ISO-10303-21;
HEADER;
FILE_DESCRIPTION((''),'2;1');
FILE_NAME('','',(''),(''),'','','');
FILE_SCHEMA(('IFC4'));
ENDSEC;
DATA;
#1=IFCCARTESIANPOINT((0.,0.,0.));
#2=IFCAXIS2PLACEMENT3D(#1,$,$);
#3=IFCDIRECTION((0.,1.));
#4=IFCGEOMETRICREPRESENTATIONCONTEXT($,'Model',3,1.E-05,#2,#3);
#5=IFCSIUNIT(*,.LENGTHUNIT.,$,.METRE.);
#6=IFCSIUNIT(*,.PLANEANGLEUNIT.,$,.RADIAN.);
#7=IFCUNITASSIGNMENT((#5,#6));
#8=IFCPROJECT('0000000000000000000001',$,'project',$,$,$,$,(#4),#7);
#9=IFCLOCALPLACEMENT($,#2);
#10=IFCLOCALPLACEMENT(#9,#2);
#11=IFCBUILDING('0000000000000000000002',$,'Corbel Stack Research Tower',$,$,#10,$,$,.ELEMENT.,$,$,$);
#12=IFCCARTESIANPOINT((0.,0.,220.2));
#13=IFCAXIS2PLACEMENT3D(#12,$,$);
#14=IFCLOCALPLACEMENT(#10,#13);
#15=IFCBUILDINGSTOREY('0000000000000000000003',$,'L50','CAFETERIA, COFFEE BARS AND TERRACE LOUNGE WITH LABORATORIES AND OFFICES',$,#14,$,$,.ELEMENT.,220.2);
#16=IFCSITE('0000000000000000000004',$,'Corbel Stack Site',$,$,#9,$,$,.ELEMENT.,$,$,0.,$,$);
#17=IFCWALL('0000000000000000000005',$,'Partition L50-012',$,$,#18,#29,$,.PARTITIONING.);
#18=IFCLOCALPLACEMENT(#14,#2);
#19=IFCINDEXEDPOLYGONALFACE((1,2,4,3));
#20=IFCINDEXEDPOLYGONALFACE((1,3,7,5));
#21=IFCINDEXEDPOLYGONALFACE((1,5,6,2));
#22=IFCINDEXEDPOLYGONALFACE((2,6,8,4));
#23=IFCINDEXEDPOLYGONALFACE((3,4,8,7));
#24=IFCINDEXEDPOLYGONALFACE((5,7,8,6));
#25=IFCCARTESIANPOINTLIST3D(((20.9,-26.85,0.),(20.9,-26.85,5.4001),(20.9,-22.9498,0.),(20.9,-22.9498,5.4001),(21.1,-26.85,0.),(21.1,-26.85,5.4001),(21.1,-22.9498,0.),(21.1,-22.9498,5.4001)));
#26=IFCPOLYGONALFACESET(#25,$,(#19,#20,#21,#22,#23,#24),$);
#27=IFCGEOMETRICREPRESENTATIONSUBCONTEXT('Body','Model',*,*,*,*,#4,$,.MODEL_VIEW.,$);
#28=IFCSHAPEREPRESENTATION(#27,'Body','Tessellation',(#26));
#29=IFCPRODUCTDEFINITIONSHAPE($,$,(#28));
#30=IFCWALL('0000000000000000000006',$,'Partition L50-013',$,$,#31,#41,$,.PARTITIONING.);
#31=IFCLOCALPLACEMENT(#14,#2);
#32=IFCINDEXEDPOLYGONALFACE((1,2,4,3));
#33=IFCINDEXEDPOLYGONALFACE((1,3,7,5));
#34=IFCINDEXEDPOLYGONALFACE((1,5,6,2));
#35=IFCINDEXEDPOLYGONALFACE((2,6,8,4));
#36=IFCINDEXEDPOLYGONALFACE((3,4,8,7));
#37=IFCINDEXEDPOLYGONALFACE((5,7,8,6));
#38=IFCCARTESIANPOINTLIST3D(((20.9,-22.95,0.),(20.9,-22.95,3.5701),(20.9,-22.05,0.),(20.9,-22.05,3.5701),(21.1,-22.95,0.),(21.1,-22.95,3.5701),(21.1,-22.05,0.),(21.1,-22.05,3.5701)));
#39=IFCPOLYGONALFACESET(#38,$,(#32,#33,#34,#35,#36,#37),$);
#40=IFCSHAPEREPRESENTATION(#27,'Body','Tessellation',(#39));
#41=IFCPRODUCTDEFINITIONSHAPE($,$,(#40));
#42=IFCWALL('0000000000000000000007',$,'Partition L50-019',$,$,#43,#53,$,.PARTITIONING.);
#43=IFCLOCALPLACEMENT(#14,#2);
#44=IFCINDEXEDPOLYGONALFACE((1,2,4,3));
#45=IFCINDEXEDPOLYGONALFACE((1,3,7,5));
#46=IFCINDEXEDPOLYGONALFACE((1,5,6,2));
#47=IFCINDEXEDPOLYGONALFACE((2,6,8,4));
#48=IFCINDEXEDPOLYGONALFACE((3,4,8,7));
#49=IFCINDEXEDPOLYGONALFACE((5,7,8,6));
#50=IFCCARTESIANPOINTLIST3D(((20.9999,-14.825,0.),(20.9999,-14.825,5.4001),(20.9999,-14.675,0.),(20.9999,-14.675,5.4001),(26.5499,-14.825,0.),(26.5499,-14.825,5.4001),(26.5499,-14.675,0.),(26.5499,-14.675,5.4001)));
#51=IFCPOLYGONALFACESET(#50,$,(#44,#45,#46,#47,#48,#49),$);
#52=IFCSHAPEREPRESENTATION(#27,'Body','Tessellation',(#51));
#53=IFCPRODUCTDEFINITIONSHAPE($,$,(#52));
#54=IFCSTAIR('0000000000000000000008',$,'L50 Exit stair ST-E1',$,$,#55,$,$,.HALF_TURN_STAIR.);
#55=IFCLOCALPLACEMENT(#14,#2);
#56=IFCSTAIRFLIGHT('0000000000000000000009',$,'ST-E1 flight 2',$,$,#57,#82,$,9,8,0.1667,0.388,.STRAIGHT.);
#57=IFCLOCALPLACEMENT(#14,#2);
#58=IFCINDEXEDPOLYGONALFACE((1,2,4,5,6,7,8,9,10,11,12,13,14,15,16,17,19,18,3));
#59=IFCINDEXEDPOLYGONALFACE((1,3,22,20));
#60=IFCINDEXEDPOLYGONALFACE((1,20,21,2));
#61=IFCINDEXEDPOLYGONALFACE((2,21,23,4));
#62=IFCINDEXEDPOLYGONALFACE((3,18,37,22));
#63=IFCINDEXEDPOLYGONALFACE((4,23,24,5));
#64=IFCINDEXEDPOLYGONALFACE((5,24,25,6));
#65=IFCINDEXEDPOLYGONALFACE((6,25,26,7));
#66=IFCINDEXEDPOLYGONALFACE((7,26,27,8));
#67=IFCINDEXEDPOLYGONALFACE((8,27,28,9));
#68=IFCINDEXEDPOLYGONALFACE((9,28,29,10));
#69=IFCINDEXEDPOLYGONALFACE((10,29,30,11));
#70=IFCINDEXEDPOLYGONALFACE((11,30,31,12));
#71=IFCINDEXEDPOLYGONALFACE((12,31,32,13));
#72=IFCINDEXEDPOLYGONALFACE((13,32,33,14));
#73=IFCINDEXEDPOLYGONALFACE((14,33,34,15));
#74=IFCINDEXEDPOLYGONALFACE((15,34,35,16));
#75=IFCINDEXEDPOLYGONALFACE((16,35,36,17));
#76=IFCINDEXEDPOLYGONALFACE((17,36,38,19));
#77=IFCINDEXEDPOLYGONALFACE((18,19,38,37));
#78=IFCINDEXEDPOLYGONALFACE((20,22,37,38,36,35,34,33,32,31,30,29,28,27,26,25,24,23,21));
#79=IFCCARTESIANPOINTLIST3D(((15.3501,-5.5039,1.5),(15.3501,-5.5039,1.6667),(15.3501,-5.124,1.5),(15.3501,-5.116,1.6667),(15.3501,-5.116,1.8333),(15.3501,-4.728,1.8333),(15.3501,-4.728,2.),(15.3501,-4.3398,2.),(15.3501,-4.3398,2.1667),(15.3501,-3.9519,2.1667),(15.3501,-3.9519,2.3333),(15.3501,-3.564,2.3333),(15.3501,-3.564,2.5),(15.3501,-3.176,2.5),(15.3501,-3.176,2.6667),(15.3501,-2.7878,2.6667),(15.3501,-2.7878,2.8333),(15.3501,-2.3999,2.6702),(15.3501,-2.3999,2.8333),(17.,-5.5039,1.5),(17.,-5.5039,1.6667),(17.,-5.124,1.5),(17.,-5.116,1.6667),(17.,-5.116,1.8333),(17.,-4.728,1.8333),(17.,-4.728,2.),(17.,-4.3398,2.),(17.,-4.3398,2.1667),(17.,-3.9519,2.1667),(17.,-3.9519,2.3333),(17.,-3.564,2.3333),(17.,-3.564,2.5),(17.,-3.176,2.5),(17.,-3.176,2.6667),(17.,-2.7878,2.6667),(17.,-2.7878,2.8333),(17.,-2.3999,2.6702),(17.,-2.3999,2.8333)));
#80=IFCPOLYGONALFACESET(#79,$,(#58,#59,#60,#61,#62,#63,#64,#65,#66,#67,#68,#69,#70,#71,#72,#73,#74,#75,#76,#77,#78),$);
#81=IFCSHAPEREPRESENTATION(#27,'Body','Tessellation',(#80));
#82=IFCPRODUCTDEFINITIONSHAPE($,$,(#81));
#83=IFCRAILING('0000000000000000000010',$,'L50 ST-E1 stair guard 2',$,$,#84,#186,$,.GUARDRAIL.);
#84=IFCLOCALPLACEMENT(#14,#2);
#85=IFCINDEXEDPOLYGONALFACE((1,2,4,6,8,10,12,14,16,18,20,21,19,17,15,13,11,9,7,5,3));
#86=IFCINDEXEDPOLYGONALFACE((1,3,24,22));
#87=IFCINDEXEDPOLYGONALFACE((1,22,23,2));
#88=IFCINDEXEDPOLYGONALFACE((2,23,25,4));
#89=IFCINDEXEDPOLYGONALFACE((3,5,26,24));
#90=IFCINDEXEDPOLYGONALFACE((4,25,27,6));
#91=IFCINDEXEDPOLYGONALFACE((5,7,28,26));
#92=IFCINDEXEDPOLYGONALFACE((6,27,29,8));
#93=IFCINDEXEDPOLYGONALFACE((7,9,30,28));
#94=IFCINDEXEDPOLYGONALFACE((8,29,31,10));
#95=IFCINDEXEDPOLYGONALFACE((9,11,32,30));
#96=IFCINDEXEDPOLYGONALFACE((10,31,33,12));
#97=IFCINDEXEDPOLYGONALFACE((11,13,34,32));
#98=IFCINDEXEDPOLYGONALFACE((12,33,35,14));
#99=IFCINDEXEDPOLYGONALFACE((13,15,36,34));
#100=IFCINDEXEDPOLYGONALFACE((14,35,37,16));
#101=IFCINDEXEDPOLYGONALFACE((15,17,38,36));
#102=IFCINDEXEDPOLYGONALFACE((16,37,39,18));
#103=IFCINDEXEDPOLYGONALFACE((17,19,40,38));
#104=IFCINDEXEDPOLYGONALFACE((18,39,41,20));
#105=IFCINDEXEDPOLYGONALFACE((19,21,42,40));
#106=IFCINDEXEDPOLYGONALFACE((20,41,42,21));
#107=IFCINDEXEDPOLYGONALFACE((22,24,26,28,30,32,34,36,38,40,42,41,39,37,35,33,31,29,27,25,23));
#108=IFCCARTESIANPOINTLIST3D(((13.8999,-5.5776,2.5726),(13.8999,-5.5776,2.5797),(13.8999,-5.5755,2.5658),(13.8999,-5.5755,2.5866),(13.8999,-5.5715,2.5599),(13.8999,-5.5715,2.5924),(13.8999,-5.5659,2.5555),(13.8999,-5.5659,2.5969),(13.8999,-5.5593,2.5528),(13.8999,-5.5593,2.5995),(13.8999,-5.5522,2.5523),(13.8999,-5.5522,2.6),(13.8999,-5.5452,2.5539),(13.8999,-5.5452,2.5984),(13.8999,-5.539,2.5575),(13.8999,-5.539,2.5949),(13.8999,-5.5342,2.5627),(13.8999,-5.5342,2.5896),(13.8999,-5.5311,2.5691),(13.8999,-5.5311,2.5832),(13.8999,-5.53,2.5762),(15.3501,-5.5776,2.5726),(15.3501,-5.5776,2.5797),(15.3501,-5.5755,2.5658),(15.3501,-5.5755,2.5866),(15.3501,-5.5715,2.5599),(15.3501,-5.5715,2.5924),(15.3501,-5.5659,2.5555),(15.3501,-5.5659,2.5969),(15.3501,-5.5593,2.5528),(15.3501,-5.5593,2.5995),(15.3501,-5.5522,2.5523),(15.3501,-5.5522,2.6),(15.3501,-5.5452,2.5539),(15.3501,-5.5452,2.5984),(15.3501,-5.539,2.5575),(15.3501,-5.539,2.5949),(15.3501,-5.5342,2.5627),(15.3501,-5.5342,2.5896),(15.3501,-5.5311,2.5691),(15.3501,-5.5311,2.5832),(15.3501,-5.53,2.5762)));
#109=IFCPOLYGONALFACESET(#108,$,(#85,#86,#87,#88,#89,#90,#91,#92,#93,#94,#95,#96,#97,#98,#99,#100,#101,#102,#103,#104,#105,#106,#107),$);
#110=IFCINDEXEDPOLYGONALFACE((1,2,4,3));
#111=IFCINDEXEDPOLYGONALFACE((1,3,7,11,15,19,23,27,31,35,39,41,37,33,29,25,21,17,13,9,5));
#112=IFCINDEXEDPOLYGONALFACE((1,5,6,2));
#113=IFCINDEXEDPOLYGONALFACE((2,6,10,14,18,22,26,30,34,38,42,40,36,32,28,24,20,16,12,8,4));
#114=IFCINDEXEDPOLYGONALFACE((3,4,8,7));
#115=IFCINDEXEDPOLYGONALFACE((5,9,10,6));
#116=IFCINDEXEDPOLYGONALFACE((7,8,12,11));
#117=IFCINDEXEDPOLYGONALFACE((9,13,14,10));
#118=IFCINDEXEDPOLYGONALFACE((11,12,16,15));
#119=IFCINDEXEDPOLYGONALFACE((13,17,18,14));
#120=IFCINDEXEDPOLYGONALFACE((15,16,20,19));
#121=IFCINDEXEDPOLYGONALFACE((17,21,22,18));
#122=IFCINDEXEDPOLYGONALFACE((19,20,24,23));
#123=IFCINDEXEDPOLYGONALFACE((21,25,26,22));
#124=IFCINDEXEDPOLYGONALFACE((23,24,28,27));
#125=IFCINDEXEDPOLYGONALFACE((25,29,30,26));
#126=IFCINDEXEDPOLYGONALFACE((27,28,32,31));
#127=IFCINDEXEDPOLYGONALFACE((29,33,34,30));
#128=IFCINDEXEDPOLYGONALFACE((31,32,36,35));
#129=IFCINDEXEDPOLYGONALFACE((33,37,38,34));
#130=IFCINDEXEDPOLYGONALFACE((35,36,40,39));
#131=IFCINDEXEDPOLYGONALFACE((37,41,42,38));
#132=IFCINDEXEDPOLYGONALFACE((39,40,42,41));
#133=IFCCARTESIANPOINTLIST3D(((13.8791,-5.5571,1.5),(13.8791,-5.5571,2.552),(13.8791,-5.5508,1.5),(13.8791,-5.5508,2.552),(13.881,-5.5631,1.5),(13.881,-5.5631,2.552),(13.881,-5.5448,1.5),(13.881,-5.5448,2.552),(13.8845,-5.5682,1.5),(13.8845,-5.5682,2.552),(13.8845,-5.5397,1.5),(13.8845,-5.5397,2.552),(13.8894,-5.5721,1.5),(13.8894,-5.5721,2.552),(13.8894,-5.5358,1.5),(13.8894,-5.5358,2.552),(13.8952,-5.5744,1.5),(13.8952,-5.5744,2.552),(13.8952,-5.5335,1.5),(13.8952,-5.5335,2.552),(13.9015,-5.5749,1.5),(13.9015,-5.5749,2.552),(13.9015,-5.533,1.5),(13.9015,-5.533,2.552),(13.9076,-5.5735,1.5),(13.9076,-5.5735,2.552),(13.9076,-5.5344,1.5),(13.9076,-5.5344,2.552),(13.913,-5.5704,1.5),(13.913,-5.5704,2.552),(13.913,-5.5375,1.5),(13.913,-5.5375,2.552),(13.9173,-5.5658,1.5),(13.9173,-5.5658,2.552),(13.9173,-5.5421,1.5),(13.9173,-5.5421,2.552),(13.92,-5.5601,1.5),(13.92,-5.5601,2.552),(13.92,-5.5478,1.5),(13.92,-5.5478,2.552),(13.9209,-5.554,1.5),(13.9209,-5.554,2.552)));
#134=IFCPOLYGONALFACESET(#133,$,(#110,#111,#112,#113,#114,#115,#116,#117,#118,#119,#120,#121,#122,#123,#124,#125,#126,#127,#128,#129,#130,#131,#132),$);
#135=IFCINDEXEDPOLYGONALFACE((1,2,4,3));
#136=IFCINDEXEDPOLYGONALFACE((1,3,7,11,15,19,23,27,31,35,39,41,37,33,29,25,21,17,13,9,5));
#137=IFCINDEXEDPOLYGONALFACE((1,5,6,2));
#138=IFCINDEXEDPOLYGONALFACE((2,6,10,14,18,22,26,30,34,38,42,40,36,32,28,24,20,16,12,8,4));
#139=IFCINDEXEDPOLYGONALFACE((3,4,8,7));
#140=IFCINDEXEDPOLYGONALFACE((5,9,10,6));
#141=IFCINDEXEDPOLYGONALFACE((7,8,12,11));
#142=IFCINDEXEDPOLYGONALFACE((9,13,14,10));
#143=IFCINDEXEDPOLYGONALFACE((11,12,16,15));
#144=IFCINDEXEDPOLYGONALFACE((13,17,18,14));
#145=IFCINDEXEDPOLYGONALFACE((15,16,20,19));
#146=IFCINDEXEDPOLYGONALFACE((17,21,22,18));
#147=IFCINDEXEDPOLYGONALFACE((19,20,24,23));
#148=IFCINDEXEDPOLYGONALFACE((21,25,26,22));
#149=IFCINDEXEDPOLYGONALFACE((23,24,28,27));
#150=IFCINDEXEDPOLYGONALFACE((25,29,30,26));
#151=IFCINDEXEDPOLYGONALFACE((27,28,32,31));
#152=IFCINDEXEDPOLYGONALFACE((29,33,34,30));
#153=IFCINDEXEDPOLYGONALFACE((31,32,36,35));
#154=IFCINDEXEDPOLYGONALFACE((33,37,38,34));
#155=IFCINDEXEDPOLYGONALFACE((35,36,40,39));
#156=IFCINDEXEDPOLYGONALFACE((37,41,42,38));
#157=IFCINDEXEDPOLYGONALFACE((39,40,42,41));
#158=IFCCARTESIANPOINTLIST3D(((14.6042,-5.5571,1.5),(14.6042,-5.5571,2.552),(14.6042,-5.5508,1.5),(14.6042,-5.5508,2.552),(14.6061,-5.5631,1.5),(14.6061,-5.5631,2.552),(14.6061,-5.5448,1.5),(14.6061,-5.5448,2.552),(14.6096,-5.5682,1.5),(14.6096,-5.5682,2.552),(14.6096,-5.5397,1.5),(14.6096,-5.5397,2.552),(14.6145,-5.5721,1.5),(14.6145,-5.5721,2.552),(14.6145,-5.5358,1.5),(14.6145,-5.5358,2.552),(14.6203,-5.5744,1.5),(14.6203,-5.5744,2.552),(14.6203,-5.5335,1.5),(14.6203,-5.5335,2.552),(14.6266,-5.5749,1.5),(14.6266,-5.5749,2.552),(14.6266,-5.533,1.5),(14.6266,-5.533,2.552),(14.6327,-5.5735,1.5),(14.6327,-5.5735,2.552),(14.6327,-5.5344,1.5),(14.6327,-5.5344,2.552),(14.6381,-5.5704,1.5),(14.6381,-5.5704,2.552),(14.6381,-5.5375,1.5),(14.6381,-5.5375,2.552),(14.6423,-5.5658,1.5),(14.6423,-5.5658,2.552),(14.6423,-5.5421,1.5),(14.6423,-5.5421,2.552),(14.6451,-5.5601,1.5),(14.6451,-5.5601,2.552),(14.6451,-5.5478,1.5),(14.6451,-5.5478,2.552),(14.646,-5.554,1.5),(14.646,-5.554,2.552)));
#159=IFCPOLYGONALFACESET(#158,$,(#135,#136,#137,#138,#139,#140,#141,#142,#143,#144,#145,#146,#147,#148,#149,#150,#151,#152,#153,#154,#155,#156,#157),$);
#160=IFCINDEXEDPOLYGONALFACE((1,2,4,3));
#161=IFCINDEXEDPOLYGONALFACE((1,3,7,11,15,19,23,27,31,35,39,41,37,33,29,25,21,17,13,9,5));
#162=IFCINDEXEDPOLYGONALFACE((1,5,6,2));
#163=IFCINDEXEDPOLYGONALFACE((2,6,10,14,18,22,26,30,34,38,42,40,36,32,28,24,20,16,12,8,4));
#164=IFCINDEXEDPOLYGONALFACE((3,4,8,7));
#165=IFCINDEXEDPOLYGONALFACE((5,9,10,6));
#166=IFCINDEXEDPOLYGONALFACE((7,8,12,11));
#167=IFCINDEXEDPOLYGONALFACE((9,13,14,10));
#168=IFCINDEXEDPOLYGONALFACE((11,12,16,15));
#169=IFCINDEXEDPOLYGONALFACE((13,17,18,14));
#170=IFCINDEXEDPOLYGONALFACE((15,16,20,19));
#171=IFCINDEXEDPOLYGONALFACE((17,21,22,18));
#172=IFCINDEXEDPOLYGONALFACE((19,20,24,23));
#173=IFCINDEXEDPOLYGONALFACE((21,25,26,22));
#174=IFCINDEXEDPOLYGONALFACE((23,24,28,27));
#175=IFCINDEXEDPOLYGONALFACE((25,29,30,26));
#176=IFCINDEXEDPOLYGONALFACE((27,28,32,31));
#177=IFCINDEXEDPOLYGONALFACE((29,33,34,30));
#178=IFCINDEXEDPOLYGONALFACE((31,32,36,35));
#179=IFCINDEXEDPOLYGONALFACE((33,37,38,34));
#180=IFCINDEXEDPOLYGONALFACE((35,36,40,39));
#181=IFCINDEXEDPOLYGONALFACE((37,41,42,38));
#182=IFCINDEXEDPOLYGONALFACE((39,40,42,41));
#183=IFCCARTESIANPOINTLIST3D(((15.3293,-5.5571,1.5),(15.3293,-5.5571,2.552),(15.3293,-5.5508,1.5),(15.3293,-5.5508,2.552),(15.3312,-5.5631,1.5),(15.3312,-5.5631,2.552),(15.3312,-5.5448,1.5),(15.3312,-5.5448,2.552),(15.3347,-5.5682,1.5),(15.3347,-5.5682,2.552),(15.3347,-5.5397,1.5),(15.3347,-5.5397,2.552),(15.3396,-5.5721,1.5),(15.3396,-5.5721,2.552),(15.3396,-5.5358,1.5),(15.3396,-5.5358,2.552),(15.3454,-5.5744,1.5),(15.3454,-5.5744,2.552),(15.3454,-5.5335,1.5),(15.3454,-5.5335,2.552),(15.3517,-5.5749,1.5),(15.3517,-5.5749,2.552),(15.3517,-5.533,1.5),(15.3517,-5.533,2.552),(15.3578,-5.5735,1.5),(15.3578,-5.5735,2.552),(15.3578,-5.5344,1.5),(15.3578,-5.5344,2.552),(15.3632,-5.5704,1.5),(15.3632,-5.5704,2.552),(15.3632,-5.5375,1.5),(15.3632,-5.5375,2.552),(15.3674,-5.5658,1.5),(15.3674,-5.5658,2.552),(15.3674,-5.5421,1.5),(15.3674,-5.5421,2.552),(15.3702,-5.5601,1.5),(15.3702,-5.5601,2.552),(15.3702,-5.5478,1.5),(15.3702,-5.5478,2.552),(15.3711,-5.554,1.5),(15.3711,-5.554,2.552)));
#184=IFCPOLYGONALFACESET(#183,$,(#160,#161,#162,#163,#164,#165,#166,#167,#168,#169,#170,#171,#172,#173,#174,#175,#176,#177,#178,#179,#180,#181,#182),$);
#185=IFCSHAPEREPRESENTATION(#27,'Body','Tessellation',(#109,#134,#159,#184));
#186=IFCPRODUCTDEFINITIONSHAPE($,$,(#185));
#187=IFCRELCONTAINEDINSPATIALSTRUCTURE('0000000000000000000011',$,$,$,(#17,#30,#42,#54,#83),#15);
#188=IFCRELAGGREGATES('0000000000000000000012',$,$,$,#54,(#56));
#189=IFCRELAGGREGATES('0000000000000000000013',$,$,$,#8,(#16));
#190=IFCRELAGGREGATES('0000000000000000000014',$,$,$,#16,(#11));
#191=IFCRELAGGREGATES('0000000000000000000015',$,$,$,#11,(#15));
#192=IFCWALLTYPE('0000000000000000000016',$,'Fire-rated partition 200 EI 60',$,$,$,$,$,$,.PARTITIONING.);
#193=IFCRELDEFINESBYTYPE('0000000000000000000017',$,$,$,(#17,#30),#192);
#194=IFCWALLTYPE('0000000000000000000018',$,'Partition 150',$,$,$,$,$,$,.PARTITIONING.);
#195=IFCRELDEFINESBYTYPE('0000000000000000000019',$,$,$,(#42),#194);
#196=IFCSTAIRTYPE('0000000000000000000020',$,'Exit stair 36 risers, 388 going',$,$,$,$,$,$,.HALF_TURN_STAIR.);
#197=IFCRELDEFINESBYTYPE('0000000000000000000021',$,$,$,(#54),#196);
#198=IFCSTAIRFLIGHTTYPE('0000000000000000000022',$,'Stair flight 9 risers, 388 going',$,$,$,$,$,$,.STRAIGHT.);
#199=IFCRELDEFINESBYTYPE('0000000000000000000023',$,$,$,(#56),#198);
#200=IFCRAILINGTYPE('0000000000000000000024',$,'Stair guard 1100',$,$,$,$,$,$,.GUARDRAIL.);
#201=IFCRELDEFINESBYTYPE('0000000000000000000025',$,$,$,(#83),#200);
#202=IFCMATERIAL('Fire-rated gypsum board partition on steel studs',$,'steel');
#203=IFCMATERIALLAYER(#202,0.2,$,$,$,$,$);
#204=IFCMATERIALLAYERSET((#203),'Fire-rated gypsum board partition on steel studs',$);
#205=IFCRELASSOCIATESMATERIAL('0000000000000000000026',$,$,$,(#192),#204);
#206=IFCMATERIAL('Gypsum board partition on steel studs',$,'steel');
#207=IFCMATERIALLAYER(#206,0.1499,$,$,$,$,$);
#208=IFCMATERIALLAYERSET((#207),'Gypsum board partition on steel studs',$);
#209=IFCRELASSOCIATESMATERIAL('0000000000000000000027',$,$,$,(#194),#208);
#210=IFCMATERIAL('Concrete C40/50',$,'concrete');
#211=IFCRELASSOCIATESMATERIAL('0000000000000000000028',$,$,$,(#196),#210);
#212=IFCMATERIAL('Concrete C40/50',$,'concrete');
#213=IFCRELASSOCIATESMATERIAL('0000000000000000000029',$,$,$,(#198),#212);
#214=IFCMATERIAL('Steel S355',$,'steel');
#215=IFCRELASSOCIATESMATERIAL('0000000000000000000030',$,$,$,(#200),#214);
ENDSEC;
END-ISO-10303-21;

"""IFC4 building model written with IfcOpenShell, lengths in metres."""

from ifc_helpers import new_model, si_unit, direction, frame, frame_2d, origin, origin_2d, place, context, subcontext, project, spatial, polyline, rectangle, circle, outline, extrude, material, layer, layer_set, type_object, element, aggregate, save


model = new_model("IFC4")

# Units and contexts
model_context = context("Model", 3, precision=1e-05, world=origin(), true_north=direction((0.0, 1.0)))
body_context = subcontext(model_context, "Body", "Model", "MODEL_VIEW")
ifc_project = project(units=[si_unit("LENGTHUNIT", "METRE"), si_unit("PLANEANGLEUNIT", "RADIAN")], contexts=[model_context])

# Site, building, storey
site_placement = place(None, origin())
site = spatial("IfcSite", under=ifc_project, at=site_placement, Name="Corbel Stack Site", CompositionType="ELEMENT", RefElevation=0.0)
building_placement = place(site_placement, origin())
building = spatial("IfcBuilding", under=site, at=building_placement, Name="Corbel Stack Research Tower", CompositionType="ELEMENT")
storey_placement = place(building_placement, frame((0.0, 0.0, 220.2)))
storey = spatial("IfcBuildingStorey", under=building, at=storey_placement, Name="L50", Description="CAFETERIA, COFFEE BARS AND TERRACE LOUNGE WITH LABORATORIES AND OFFICES", CompositionType="ELEMENT", Elevation=220.2)

# Walls
ifc_material_1 = material(Name="Fire-rated gypsum board partition on steel studs", Category="steel")
ifc_layer_1 = layer(ifc_material_1, 0.2)
ifc_layer_set_1 = layer_set([ifc_layer_1], Name="Fire-rated gypsum board partition on steel studs")
wall_type_1 = type_object("IfcWallType", Name="Fire-rated partition 200 EI 60", PredefinedType="PARTITIONING", material=ifc_layer_set_1)
wall_1_placement = place(storey_placement, frame((21.0, -26.8501, 0.0), z_axis=(0.0, 0.0, 1.0), x_axis=(0.0, 1.0, 0.0)))
element("IfcWall", 1, at=wall_1_placement, inside=storey, type_object=wall_type_1, Name="Partition L50-012", PredefinedType="PARTITIONING", context=body_context, shape_type="SweptSolid", body=[
    extrude(rectangle(XDim=3.9001, YDim=0.2, at=frame_2d((1.9502, 0.0))), origin(), (0.0, 0.0, 1.0), 5.4001),
])
wall_2_placement = place(storey_placement, frame((21.0, -22.95, 0.0), z_axis=(0.0, 0.0, 1.0), x_axis=(0.0, 1.0, 0.0)))
element("IfcWall", 2, at=wall_2_placement, inside=storey, type_object=wall_type_1, Name="Partition L50-013", PredefinedType="PARTITIONING", context=body_context, shape_type="SweptSolid", body=[
    extrude(rectangle(XDim=0.8999, YDim=0.2, at=frame_2d((0.45, 0.0))), origin(), (0.0, 0.0, 1.0), 3.5701),
])
ifc_material_2 = material(Name="Gypsum board partition on steel studs", Category="steel")
ifc_layer_2 = layer(ifc_material_2, 0.1499)
ifc_layer_set_2 = layer_set([ifc_layer_2], Name="Gypsum board partition on steel studs")
wall_type_2 = type_object("IfcWallType", Name="Partition 150", PredefinedType="PARTITIONING", material=ifc_layer_set_2)
wall_3_placement = place(storey_placement, frame((21.0, -14.75, 0.0), z_axis=(0.0, 0.0, 1.0), x_axis=(1.0, 0.0, 0.0)))
element("IfcWall", 3, at=wall_3_placement, inside=storey, type_object=wall_type_2, Name="Partition L50-019", PredefinedType="PARTITIONING", context=body_context, shape_type="SweptSolid", body=[
    extrude(rectangle(XDim=5.55, YDim=0.1499, at=frame_2d((2.7749, 0.0))), origin(), (0.0, 0.0, 1.0), 5.4001),
])

# Stair, stair flight
ifc_material_3 = material(Name="Concrete C40/50", Category="concrete")
stair_type = type_object("IfcStairType", Name="Exit stair 36 risers, 388 going", PredefinedType="HALF_TURN_STAIR", material=ifc_material_3)
stair_placement = place(storey_placement, origin())
stair = element("IfcStair", 4, at=stair_placement, inside=storey, type_object=stair_type, Name="L50 Exit stair ST-E1", PredefinedType="HALF_TURN_STAIR")
ifc_material_4 = material(Name="Concrete C40/50", Category="concrete")
stair_flight_type = type_object("IfcStairFlightType", Name="Stair flight 9 risers, 388 going", PredefinedType="STRAIGHT", material=ifc_material_4)
stair_flight_placement = place(storey_placement, frame((16.175, -5.5039, 1.5), z_axis=(0.0, 0.0, 1.0), x_axis=(0.0, 1.0, 0.0)))
stair_flight = element("IfcStairFlight", 5, at=stair_flight_placement, type_object=stair_flight_type, Name="ST-E1 flight 2", NumberOfRisers=9, NumberOfTreads=8, PredefinedType="STRAIGHT", RiserHeight=0.1667, TreadLength=0.388, context=body_context, shape_type="SweptSolid", body=[
    extrude(outline(polyline([(0.0, 0.0), (0.0, 0.1667), (0.3879, 0.1667), (0.3879, 0.3333), (0.7759, 0.3333), (0.7759, 0.5), (1.1641, 0.5), (1.1641, 0.6667), (1.552, 0.6667), (1.552, 0.8333), (1.9399, 0.8333), (1.9399, 1.0), (2.3279, 1.0), (2.3279, 1.1667), (2.7161, 1.1667), (2.7161, 1.3333), (3.104, 1.3333), (3.104, 1.5), (3.104, 1.1702), (0.3799, 0.0), (0.0, 0.0)])), frame((0.0, 0.825, 0.0), z_axis=(0.0, -1.0, 0.0), x_axis=(1.0, 0.0, 0.0)), (0.0, 0.0, 1.0), 1.6499),
])
aggregate(stair, [stair_flight])

# Railing
ifc_material_5 = material(Name="Steel S355", Category="steel")
railing_type = type_object("IfcRailingType", Name="Stair guard 1100", PredefinedType="GUARDRAIL", material=ifc_material_5)
railing_1_placement = place(storey_placement, frame((13.8999, -5.554, 1.5)))
element("IfcRailing", 6, at=railing_1_placement, inside=storey, type_object=railing_type, Name="L50 ST-E1 stair guard 2", PredefinedType="GUARDRAIL", context=body_context, shape_type="SweptSolid", body=[
    extrude(circle(Radius=0.0239, at=origin_2d()), frame((0.0, 0.0, 1.0762), z_axis=(1.0, 0.0, 0.0), x_axis=(0.0, 1.0, 0.0)), (0.0, 0.0, 1.0), 1.4502),
    extrude(circle(Radius=0.021, at=origin_2d()), origin(), (0.0, 0.0, 1.0), 1.052),
    extrude(circle(Radius=0.021, at=origin_2d()), frame((0.7251, 0.0, 0.0)), (0.0, 0.0, 1.0), 1.052),
    extrude(circle(Radius=0.021, at=origin_2d()), frame((1.4502, 0.0, 0.0)), (0.0, 0.0, 1.0), 1.052),
])

save(model, "model.ifc")
